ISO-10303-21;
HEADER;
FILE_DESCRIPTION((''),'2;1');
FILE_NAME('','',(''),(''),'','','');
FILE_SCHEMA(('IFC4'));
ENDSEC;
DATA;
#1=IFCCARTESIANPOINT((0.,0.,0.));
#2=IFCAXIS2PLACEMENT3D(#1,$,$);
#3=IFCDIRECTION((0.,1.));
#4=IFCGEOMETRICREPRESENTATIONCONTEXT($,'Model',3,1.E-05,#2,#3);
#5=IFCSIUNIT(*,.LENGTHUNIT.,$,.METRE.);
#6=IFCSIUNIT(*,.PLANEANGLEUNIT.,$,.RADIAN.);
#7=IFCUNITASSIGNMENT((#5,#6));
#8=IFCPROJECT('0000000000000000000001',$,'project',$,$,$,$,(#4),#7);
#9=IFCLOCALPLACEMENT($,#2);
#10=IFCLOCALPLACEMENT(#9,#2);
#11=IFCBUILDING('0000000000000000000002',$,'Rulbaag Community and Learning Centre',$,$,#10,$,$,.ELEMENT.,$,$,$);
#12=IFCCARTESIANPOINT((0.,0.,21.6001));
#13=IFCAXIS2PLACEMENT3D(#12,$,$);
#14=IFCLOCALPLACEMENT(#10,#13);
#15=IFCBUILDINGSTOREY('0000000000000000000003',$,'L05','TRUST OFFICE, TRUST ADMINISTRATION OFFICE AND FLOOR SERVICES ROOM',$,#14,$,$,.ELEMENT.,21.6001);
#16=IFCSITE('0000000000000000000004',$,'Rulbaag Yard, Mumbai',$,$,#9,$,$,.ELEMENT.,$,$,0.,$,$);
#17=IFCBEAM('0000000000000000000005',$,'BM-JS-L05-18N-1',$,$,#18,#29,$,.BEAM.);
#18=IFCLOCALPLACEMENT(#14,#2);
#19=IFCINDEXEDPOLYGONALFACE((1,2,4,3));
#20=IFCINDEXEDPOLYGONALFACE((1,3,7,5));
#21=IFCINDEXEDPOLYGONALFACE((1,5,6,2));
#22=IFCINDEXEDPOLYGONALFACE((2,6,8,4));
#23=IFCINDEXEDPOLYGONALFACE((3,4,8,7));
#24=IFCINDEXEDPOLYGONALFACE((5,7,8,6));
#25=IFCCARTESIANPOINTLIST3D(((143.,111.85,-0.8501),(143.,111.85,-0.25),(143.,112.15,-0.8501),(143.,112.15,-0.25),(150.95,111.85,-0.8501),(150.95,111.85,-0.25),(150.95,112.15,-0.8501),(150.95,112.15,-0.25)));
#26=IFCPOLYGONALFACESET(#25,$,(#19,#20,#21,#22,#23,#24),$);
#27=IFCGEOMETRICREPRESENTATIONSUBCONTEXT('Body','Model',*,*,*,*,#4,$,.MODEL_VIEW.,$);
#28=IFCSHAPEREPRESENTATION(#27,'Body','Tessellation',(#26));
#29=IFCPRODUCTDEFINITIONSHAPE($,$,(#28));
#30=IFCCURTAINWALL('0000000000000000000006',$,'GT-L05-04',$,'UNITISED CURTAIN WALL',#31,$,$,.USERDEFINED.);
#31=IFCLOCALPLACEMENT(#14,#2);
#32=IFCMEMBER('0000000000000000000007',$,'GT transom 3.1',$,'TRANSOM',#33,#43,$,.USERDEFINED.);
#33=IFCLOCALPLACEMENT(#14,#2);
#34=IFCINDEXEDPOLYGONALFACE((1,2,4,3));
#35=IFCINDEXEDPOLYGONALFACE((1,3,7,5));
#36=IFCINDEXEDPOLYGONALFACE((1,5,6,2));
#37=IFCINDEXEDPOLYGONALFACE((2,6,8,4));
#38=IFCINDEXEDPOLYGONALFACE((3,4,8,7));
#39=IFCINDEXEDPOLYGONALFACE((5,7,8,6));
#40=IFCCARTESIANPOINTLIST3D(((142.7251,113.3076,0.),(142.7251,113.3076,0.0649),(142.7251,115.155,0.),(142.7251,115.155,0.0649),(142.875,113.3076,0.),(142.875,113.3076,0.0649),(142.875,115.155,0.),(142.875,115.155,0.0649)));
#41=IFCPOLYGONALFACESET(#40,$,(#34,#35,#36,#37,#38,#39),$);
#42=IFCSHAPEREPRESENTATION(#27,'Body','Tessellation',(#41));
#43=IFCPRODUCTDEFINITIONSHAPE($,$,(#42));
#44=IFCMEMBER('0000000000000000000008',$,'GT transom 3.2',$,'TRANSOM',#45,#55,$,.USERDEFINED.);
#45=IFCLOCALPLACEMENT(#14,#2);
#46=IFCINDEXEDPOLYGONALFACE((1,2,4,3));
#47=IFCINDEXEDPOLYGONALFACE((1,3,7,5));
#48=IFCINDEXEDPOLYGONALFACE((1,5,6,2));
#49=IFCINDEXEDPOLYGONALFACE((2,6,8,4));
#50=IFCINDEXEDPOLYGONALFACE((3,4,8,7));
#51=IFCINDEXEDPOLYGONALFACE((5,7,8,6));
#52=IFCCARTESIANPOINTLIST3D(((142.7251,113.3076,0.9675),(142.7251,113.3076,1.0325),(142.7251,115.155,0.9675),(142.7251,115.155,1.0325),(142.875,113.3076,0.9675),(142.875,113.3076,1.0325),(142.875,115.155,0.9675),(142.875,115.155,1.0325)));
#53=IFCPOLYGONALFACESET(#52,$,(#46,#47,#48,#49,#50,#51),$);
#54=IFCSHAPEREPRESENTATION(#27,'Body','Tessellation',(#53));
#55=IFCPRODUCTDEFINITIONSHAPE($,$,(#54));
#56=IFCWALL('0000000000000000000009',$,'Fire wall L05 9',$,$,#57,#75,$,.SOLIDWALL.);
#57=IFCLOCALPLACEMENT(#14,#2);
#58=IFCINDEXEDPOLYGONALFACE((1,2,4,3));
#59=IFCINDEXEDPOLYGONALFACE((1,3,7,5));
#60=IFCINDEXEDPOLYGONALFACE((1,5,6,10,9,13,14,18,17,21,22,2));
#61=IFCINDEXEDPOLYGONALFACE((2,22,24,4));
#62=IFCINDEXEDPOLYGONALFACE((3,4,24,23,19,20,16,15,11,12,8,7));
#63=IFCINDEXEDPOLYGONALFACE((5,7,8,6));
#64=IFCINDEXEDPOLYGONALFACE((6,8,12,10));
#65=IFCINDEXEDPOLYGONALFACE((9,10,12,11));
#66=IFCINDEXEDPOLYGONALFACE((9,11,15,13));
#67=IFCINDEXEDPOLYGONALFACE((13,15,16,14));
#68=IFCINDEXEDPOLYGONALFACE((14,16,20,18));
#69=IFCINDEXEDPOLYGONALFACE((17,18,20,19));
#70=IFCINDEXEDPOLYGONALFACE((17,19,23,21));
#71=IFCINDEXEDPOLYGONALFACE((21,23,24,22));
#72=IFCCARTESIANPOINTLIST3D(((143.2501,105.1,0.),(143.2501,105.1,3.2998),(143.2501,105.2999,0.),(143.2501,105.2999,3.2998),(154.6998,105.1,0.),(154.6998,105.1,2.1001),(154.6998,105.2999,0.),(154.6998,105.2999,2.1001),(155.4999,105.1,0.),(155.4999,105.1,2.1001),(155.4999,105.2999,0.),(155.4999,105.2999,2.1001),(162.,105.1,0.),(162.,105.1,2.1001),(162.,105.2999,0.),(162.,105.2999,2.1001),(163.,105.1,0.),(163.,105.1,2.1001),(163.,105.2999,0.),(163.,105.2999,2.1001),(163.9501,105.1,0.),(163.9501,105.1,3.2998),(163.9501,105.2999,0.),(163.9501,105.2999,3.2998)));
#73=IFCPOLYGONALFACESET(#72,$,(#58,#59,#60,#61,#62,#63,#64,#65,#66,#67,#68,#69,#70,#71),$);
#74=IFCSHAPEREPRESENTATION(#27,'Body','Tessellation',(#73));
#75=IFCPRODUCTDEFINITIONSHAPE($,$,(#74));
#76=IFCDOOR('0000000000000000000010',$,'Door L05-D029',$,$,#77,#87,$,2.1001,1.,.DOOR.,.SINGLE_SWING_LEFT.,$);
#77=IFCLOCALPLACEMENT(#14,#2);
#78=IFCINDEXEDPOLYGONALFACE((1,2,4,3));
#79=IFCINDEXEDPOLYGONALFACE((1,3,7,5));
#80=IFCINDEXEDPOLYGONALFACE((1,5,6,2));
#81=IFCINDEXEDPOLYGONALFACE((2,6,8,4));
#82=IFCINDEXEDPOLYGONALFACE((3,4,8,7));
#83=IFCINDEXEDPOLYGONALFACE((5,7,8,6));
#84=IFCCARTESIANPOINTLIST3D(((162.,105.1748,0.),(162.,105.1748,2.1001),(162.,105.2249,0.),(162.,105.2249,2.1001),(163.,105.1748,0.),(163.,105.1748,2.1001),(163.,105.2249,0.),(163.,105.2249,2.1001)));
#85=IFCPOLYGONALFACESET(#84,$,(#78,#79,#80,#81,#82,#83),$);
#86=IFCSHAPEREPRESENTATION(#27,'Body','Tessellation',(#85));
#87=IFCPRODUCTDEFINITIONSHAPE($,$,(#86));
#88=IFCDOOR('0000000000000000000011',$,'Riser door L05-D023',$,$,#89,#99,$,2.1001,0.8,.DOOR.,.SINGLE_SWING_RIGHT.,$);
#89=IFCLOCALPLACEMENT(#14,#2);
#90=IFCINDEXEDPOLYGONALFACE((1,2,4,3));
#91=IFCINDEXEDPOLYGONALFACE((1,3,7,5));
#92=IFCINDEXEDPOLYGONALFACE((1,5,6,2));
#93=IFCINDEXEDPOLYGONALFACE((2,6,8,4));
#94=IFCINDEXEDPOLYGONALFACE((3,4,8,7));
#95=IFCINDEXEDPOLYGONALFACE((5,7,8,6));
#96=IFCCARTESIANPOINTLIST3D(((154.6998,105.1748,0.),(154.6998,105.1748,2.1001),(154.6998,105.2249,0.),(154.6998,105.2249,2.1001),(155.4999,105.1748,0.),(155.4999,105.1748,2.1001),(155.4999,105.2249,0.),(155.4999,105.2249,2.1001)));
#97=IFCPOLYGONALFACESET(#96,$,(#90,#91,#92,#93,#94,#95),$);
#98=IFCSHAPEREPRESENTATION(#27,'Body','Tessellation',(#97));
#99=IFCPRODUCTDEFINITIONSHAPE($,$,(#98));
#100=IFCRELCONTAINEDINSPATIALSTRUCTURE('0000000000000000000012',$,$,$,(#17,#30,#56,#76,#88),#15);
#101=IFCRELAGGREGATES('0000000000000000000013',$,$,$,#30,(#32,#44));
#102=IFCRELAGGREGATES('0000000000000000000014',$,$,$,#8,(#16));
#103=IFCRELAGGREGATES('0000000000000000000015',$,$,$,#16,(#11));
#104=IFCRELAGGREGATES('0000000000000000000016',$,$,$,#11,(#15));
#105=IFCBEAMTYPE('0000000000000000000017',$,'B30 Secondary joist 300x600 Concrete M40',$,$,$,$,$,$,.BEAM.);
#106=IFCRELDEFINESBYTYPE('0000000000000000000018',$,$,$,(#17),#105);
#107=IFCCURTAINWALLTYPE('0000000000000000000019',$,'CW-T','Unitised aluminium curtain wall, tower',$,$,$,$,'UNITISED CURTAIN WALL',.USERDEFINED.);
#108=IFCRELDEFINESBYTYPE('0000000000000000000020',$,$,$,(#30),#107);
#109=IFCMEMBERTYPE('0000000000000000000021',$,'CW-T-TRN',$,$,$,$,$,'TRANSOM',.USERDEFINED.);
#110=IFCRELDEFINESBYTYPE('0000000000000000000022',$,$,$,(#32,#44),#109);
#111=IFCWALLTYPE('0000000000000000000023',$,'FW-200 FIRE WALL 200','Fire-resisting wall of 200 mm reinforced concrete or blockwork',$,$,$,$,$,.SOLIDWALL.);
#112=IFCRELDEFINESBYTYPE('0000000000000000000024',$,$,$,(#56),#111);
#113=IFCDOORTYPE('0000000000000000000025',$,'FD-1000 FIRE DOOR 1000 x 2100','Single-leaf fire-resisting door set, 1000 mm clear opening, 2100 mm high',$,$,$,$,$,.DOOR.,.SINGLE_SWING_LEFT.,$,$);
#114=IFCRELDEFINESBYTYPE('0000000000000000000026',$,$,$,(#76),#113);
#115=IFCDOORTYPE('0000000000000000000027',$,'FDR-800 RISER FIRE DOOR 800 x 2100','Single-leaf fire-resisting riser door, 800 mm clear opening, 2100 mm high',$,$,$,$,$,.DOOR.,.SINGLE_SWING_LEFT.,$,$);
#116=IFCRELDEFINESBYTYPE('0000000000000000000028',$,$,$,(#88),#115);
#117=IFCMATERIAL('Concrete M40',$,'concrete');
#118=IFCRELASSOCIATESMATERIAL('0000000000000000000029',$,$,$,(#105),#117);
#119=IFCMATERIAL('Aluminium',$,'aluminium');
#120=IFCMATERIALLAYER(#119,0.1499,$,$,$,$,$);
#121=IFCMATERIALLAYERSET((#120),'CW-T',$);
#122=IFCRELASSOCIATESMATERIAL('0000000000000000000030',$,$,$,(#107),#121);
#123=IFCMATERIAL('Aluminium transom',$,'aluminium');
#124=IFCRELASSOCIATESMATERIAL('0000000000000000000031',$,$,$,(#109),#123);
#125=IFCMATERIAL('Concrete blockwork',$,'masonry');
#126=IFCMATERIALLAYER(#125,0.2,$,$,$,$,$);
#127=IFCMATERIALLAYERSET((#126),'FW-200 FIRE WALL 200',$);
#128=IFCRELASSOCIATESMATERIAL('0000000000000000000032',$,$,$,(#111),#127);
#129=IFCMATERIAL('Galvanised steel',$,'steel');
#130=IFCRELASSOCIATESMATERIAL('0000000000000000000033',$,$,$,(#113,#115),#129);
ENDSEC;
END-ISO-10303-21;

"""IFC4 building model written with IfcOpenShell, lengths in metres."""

from ifc_helpers import new_model, si_unit, direction, frame, frame_2d, origin, origin_2d, place, context, subcontext, project, spatial, rectangle, extrude, material, layer, layer_set, material_profile, profile_set, type_object, element, fill, aggregate, save


model = new_model("IFC4")

# Units and contexts
model_context = context("Model", 3, precision=1e-05, world=origin(), true_north=direction((0.0, 1.0)))
body_context = subcontext(model_context, "Body", "Model", "MODEL_VIEW")
ifc_project = project(units=[si_unit("LENGTHUNIT", "METRE"), si_unit("PLANEANGLEUNIT", "RADIAN")], contexts=[model_context])

# Site, building, storey
site_placement = place(None, origin())
site = spatial("IfcSite", under=ifc_project, at=site_placement, Name="Rulbaag Yard, Mumbai", CompositionType="ELEMENT", RefElevation=0.0)
building_placement = place(site_placement, origin())
building = spatial("IfcBuilding", under=site, at=building_placement, Name="Rulbaag Community and Learning Centre", CompositionType="ELEMENT")
storey_placement = place(building_placement, frame((0.0, 0.0, 21.6001)))
storey = spatial("IfcBuildingStorey", under=building, at=storey_placement, Name="L05", Description="TRUST OFFICE, TRUST ADMINISTRATION OFFICE AND FLOOR SERVICES ROOM", CompositionType="ELEMENT", Elevation=21.6001)

# Beam
ifc_material_1 = material(Name="Concrete M40", Category="concrete")
ifc_material_profile_1 = material_profile(ifc_material_1, rectangle(XDim=0.3, YDim=0.6001, at=origin_2d()), Name="RB300x600")
ifc_profile_set_1 = profile_set([ifc_material_profile_1], Name="Concrete M40")
beam_type = type_object("IfcBeamType", Name="B30 Secondary joist 300x600 Concrete M40", PredefinedType="BEAM", material=ifc_profile_set_1)
beam_placement = place(storey_placement, frame((143.0, 112.0, -0.55), z_axis=(1.0, 0.0, 0.0), x_axis=(0.0, 1.0, 0.0)))
element("IfcBeam", 1, at=beam_placement, inside=storey, type_object=beam_type, Name="BM-JS-L05-18N-1", PredefinedType="BEAM", context=body_context, shape_type="SweptSolid", body=[
    extrude(rectangle(XDim=0.3, YDim=0.6001, at=origin_2d()), origin(), (0.0, 0.0, 1.0), 7.95),
])

# Curtain wall, members
ifc_material_2 = material(Name="Aluminium", Category="aluminium")
ifc_layer_1 = layer(ifc_material_2, 0.1499)
ifc_layer_set_1 = layer_set([ifc_layer_1], Name="CW-T")
curtain_wall_type = type_object("IfcCurtainWallType", Name="CW-T", Description="Unitised aluminium curtain wall, tower", ElementType="UNITISED CURTAIN WALL", PredefinedType="USERDEFINED", material=ifc_layer_set_1)
curtain_wall_placement = place(storey_placement, origin())
curtain_wall = element("IfcCurtainWall", 2, at=curtain_wall_placement, inside=storey, type_object=curtain_wall_type, Name="GT-L05-04", ObjectType="UNITISED CURTAIN WALL", PredefinedType="USERDEFINED")
ifc_material_3 = material(Name="Aluminium transom", Category="aluminium")
ifc_material_profile_2 = material_profile(ifc_material_3, rectangle(XDim=0.1499, YDim=0.0649, at=origin_2d()), Name="AL 65x150 T")
ifc_profile_set_2 = profile_set([ifc_material_profile_2], Name="Aluminium transom")
member_type = type_object("IfcMemberType", Name="CW-T-TRN", ElementType="TRANSOM", PredefinedType="USERDEFINED", material=ifc_profile_set_2)
member_1_placement = place(storey_placement, frame((142.8, 113.3076, 0.0325), z_axis=(0.0, 1.0, 0.0), x_axis=(-1.0, 0.0, 0.0)))
member_1 = element("IfcMember", 3, at=member_1_placement, type_object=member_type, Name="GT transom 3.1", ObjectType="TRANSOM", PredefinedType="USERDEFINED", context=body_context, shape_type="SweptSolid", body=[
    extrude(rectangle(XDim=0.1499, YDim=0.0649, at=origin_2d()), origin(), (0.0, 0.0, 1.0), 1.8474),
])
member_2_placement = place(storey_placement, frame((142.8, 113.3076, 1.0), z_axis=(0.0, 1.0, 0.0), x_axis=(-1.0, 0.0, 0.0)))
member_2 = element("IfcMember", 4, at=member_2_placement, type_object=member_type, Name="GT transom 3.2", ObjectType="TRANSOM", PredefinedType="USERDEFINED", context=body_context, shape_type="SweptSolid", body=[
    extrude(rectangle(XDim=0.1499, YDim=0.0649, at=origin_2d()), origin(), (0.0, 0.0, 1.0), 1.8474),
])
aggregate(curtain_wall, [member_1, member_2])

# Wall, openings, doors
ifc_material_4 = material(Name="Concrete blockwork", Category="masonry")
ifc_layer_2 = layer(ifc_material_4, 0.2)
ifc_layer_set_2 = layer_set([ifc_layer_2], Name="FW-200 FIRE WALL 200")
wall_type_1 = type_object("IfcWallType", Name="FW-200 FIRE WALL 200", Description="Fire-resisting wall of 200 mm reinforced concrete or blockwork", PredefinedType="SOLIDWALL", material=ifc_layer_set_2)
wall_1_placement = place(storey_placement, frame((143.25, 105.2, 0.0), z_axis=(0.0, 0.0, 1.0), x_axis=(1.0, 0.0, 0.0)))
wall_1 = element("IfcWall", 5, at=wall_1_placement, inside=storey, type_object=wall_type_1, Name="Fire wall L05 9", PredefinedType="SOLIDWALL", context=body_context, shape_type="SweptSolid", body=[
    extrude(rectangle(XDim=20.7, YDim=0.2, at=frame_2d((10.3501, 0.0))), origin(), (0.0, 0.0, 1.0), 3.2998),
])
opening_1_placement = place(wall_1_placement, frame((11.45, 0.0, 0.0)))
opening_1 = element("IfcOpeningElement", 6, at=opening_1_placement, cuts=wall_1, PredefinedType="OPENING", context=body_context, shape_type="SweptSolid", body=[
    extrude(rectangle(XDim=0.8, YDim=2.1001, at=frame_2d((0.3999, 1.05))), frame((0.0, 0.1099, 0.0), z_axis=(0.0, -1.0, 0.0), x_axis=(1.0, 0.0, 0.0)), (0.0, 0.0, 1.0), 0.22),
])
opening_2_placement = place(wall_1_placement, frame((18.75, 0.0, 0.0)))
opening_2 = element("IfcOpeningElement", 7, at=opening_2_placement, cuts=wall_1, PredefinedType="OPENING", context=body_context, shape_type="SweptSolid", body=[
    extrude(rectangle(XDim=1.0, YDim=2.1001, at=frame_2d((0.5, 1.05))), frame((0.0, 0.1099, 0.0), z_axis=(0.0, -1.0, 0.0), x_axis=(1.0, 0.0, 0.0)), (0.0, 0.0, 1.0), 0.22),
])
ifc_material_5 = material(Name="Galvanised steel", Category="steel")
door_type_1 = type_object("IfcDoorType", Name="FD-1000 FIRE DOOR 1000 x 2100", Description="Single-leaf fire-resisting door set, 1000 mm clear opening, 2100 mm high", OperationType="SINGLE_SWING_LEFT", PredefinedType="DOOR", material=ifc_material_5)
door_1_placement = place(opening_2_placement, origin())
door_1 = element("IfcDoor", 8, at=door_1_placement, inside=storey, type_object=door_type_1, Name="Door L05-D029", OperationType="SINGLE_SWING_LEFT", OverallHeight=2.1001, OverallWidth=1.0, PredefinedType="DOOR", context=body_context, shape_type="SweptSolid", body=[
    extrude(rectangle(XDim=1.0, YDim=2.1001, at=frame_2d((0.5, 1.05))), frame((0.0, 0.0249, 0.0), z_axis=(0.0, -1.0, 0.0), x_axis=(1.0, 0.0, 0.0)), (0.0, 0.0, 1.0), 0.05),
])
fill(opening_2, door_1)
door_type_2 = type_object("IfcDoorType", Name="FDR-800 RISER FIRE DOOR 800 x 2100", Description="Single-leaf fire-resisting riser door, 800 mm clear opening, 2100 mm high", OperationType="SINGLE_SWING_LEFT", PredefinedType="DOOR", material=ifc_material_5)
door_2_placement = place(opening_1_placement, origin())
door_2 = element("IfcDoor", 9, at=door_2_placement, inside=storey, type_object=door_type_2, Name="Riser door L05-D023", OperationType="SINGLE_SWING_RIGHT", OverallHeight=2.1001, OverallWidth=0.8, PredefinedType="DOOR", context=body_context, shape_type="SweptSolid", body=[
    extrude(rectangle(XDim=0.8, YDim=2.1001, at=frame_2d((0.3999, 1.05))), frame((0.0, 0.0249, 0.0), z_axis=(0.0, -1.0, 0.0), x_axis=(1.0, 0.0, 0.0)), (0.0, 0.0, 1.0), 0.05),
])
fill(opening_1, door_2)

save(model, "model.ifc")
